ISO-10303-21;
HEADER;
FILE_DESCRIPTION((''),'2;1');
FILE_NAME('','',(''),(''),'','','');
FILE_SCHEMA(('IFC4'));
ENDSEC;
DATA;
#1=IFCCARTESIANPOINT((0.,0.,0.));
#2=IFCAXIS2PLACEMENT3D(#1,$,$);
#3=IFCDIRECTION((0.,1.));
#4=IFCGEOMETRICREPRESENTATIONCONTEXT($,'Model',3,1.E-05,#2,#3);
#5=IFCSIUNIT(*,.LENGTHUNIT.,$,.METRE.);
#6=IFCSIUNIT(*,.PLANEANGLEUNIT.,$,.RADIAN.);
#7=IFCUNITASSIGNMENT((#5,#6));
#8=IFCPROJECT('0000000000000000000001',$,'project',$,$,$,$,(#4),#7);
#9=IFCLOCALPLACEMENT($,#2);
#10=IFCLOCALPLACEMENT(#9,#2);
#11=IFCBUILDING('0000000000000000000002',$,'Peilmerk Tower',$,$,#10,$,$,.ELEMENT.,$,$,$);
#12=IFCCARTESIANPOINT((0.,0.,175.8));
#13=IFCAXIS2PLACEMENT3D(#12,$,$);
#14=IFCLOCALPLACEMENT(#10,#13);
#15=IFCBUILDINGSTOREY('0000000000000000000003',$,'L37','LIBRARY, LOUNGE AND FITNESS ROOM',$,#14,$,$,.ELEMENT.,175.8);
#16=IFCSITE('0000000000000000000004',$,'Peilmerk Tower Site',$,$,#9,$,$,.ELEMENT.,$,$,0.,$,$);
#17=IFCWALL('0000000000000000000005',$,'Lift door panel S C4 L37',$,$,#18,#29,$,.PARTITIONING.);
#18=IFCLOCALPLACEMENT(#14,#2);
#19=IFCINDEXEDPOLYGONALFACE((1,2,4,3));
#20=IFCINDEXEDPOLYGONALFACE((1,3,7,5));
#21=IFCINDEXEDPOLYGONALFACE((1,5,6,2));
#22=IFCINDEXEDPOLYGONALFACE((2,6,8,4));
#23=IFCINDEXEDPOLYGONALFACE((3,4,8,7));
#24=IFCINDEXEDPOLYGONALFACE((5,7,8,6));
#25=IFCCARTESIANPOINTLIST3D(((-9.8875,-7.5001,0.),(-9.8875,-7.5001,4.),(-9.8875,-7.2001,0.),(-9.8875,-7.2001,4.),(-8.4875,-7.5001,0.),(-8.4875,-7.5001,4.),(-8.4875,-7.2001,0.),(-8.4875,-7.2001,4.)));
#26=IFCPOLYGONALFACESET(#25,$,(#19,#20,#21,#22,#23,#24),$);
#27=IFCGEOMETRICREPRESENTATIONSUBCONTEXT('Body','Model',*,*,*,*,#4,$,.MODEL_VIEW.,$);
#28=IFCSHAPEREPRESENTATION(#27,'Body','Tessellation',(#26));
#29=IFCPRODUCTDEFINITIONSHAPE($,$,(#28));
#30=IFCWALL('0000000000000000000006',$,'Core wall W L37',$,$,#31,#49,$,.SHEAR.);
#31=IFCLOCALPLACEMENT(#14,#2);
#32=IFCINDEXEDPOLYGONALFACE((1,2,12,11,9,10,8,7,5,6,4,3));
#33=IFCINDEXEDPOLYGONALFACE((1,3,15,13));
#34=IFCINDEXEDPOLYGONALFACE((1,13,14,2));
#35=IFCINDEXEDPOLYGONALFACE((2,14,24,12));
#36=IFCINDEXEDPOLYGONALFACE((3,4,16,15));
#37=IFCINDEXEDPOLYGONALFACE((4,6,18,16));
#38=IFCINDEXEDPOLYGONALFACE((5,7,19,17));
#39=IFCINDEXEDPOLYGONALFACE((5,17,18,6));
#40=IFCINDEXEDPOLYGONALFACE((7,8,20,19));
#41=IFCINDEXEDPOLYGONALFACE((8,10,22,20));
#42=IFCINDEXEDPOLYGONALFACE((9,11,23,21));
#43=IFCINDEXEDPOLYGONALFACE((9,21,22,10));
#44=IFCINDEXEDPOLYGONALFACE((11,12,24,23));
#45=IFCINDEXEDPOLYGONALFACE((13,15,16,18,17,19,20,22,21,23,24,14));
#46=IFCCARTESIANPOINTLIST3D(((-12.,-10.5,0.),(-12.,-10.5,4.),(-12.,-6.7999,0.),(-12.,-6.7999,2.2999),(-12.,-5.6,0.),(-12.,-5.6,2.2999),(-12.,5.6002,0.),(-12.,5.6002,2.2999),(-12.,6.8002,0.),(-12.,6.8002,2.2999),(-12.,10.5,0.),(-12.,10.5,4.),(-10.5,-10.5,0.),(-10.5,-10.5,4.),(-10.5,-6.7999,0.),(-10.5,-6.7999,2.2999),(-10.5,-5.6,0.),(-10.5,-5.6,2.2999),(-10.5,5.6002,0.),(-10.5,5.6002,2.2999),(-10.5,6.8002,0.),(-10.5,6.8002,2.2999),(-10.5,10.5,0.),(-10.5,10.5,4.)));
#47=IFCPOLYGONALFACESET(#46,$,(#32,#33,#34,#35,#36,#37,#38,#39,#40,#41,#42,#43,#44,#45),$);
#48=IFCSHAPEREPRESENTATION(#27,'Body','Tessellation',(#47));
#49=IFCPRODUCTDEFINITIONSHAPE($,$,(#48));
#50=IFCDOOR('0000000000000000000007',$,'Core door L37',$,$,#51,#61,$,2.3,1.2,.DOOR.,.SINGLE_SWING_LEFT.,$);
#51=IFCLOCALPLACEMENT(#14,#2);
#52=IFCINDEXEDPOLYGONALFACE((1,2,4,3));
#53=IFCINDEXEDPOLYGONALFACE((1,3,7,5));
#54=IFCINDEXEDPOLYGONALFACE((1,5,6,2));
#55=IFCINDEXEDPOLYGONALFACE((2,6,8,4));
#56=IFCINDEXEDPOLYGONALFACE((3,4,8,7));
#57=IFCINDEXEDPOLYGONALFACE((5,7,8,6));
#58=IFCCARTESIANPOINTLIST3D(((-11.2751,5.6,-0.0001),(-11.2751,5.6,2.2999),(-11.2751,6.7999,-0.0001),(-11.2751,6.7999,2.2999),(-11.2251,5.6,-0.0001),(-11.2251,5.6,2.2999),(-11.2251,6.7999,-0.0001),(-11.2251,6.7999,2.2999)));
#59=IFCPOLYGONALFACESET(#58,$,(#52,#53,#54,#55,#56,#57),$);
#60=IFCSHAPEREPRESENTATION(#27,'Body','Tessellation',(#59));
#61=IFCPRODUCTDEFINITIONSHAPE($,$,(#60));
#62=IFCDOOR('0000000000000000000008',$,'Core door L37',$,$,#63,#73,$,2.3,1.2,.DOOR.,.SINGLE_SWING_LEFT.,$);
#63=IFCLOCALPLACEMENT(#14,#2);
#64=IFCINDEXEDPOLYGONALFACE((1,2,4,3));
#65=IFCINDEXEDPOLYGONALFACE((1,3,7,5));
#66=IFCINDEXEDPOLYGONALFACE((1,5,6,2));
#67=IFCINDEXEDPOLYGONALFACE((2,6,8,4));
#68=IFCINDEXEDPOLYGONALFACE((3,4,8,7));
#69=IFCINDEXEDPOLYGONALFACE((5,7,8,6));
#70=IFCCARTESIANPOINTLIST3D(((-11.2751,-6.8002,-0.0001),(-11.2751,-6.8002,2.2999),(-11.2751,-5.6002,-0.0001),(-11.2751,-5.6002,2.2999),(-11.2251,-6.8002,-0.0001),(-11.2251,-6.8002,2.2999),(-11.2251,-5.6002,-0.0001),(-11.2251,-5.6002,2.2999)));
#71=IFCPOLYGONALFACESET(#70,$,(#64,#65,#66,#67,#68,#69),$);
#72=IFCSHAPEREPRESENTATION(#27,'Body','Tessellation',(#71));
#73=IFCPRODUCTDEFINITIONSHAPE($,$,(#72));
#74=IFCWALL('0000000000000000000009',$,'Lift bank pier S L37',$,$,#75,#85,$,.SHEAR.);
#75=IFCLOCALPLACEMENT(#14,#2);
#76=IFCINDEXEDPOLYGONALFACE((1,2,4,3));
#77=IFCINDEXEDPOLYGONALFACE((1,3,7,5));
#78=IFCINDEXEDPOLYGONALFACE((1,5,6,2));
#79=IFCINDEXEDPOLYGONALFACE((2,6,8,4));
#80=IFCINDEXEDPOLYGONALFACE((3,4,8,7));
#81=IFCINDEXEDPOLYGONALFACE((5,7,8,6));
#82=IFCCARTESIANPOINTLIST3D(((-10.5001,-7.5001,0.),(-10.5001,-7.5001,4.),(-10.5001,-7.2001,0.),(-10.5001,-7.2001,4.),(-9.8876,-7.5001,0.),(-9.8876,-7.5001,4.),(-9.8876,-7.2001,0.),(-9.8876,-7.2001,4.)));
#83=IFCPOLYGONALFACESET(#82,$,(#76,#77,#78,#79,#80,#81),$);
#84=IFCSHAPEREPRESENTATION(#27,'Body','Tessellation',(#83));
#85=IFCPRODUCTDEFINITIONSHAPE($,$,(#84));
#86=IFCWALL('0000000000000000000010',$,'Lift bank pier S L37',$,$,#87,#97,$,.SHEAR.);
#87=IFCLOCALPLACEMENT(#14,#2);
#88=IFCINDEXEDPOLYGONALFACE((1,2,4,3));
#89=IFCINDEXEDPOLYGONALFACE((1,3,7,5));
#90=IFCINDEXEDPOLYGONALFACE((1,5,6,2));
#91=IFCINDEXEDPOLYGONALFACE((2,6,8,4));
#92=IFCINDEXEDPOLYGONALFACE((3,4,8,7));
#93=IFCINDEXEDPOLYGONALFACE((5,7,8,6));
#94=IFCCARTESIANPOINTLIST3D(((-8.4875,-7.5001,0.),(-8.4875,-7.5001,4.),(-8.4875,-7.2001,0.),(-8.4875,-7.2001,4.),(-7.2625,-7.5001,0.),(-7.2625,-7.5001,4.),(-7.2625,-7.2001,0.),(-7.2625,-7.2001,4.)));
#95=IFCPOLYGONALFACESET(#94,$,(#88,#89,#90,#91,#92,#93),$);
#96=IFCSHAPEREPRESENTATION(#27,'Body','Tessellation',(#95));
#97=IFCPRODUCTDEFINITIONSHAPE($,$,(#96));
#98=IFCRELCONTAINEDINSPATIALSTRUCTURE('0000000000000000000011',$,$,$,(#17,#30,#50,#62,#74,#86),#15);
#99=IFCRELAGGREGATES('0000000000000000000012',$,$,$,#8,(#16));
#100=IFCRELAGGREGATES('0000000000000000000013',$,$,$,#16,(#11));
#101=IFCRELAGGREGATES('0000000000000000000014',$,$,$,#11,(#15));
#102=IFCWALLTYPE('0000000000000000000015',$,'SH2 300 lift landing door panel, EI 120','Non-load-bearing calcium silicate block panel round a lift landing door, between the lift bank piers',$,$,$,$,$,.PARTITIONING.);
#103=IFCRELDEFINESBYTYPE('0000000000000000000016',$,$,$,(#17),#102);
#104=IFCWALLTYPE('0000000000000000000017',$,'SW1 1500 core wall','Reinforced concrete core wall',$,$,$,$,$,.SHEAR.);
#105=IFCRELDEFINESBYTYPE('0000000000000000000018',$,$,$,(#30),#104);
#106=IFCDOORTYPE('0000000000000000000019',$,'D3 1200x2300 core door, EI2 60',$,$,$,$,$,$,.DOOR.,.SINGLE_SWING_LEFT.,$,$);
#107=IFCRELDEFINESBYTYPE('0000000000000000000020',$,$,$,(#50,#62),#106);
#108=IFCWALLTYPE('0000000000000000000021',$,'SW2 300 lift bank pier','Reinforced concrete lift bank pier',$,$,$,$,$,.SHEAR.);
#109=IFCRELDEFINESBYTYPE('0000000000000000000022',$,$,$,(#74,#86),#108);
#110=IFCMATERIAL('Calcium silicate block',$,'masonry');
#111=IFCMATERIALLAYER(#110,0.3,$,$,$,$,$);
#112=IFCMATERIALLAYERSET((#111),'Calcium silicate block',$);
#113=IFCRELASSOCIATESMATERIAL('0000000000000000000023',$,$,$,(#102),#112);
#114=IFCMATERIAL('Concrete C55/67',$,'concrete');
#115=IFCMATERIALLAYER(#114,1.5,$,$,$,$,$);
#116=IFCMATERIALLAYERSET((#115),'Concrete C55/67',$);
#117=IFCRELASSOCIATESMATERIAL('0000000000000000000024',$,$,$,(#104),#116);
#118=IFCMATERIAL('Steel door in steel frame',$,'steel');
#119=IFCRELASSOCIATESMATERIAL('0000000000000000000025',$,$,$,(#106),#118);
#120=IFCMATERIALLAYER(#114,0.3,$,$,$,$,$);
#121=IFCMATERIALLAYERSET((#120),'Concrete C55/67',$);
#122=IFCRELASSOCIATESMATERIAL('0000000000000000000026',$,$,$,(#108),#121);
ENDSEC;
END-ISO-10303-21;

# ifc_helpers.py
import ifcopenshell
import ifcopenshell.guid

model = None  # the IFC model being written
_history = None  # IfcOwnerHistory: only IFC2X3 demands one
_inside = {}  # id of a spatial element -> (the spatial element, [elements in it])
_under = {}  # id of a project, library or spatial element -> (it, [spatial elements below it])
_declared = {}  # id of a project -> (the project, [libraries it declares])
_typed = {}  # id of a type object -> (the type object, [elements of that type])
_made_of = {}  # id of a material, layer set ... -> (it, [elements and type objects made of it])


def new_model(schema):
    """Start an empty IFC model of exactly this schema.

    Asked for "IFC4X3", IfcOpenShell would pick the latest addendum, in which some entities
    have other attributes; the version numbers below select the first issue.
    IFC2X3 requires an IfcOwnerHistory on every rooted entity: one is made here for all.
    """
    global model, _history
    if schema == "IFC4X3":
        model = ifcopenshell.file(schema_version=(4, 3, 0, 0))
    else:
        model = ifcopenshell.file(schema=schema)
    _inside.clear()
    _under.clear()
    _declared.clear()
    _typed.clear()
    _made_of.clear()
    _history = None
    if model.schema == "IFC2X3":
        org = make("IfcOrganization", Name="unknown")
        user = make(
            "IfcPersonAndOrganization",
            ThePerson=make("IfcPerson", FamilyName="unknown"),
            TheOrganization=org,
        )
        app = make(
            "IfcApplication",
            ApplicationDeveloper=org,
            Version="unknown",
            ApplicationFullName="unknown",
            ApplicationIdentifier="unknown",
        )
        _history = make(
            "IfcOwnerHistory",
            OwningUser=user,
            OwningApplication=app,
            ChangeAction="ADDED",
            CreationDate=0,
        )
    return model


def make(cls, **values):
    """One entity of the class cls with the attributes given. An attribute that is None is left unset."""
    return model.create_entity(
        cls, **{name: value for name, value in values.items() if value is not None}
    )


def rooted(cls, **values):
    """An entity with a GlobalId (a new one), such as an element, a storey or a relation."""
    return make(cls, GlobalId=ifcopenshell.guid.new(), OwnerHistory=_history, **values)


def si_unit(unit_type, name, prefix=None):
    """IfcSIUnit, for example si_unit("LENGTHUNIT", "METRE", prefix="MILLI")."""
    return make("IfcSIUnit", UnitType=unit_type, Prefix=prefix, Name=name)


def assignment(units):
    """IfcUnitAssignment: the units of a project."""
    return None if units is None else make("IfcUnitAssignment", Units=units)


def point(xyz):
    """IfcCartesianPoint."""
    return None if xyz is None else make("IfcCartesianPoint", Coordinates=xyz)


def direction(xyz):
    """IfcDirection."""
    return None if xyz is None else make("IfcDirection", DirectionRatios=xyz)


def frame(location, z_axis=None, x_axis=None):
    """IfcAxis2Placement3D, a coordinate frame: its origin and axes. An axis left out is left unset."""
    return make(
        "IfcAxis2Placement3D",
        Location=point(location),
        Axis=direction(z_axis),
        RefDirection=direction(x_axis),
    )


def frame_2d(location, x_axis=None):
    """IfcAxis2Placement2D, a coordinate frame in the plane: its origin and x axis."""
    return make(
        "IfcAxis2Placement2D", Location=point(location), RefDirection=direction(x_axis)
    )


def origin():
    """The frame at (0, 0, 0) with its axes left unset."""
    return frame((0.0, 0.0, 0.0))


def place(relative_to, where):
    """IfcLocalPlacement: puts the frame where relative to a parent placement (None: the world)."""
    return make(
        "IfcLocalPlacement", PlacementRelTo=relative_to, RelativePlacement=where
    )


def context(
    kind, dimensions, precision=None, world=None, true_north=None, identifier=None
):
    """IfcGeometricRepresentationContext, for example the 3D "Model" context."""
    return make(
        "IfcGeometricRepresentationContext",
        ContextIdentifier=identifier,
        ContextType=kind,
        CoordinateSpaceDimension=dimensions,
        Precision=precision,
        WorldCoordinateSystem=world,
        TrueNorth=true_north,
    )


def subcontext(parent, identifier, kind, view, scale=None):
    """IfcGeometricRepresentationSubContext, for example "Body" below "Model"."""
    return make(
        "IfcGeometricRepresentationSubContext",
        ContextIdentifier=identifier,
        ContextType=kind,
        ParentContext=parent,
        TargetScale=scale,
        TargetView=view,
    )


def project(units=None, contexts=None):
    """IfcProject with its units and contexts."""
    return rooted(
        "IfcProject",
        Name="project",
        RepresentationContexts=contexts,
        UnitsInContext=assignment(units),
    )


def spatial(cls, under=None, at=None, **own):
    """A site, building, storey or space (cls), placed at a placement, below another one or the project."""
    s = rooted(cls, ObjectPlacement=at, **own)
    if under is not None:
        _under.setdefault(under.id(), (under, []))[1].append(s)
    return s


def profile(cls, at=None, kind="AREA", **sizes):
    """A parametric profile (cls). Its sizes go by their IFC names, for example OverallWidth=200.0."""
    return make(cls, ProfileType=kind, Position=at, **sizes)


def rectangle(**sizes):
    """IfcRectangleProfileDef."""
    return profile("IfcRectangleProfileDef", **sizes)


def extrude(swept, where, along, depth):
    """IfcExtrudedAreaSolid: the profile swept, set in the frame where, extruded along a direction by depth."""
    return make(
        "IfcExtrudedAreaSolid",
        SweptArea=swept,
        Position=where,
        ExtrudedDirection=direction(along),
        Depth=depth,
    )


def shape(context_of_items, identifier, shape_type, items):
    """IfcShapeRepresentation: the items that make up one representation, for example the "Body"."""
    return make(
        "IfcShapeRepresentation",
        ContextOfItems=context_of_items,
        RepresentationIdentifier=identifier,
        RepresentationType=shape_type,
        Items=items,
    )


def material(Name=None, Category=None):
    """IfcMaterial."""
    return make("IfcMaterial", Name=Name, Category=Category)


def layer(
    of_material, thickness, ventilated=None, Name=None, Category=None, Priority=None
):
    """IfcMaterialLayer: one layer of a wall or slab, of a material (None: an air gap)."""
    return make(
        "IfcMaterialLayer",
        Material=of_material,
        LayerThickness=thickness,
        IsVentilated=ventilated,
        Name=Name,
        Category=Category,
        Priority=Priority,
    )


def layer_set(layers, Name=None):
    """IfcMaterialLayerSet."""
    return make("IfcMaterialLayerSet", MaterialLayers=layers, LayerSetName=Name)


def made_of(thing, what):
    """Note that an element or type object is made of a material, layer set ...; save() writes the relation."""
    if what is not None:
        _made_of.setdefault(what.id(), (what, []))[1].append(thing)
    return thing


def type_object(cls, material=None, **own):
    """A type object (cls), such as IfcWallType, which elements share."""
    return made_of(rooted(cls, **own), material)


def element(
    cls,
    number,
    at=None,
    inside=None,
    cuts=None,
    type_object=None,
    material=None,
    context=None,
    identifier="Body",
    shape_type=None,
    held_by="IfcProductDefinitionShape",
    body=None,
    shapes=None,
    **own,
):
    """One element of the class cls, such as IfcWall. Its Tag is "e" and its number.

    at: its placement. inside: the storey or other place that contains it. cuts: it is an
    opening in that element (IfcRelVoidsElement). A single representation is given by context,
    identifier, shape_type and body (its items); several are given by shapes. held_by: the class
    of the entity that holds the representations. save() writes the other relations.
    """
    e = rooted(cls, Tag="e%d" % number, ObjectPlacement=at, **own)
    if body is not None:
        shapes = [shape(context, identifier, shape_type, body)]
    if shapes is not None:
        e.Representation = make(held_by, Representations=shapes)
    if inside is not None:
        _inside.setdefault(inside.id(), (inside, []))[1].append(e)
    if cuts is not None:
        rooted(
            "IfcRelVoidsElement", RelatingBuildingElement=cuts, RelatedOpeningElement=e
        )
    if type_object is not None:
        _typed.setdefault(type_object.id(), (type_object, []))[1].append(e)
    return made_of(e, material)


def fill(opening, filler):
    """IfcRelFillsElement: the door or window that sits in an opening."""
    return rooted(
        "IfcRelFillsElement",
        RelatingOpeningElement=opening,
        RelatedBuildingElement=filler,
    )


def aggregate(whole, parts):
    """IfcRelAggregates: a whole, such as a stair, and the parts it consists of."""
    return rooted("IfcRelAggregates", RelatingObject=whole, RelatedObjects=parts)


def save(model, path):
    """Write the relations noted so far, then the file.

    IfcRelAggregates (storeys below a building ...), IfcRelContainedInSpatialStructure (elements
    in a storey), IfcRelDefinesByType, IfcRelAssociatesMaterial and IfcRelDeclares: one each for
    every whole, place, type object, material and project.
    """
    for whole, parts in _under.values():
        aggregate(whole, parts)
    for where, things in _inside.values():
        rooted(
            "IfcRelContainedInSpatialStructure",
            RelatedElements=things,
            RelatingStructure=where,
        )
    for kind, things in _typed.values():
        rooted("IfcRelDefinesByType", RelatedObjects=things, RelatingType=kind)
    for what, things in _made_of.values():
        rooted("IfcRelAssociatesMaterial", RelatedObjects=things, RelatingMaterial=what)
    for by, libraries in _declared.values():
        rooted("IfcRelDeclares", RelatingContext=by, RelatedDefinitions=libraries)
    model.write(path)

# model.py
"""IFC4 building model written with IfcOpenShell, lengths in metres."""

from ifc_helpers import new_model, si_unit, direction, frame, frame_2d, origin, place, context, subcontext, project, spatial, rectangle, extrude, material, layer, layer_set, type_object, element, fill, save


model = new_model("IFC4")

# Units and contexts
model_context = context("Model", 3, precision=1e-05, world=origin(), true_north=direction((0.0, 1.0)))
body_context = subcontext(model_context, "Body", "Model", "MODEL_VIEW")
ifc_project = project(units=[si_unit("LENGTHUNIT", "METRE"), si_unit("PLANEANGLEUNIT", "RADIAN")], contexts=[model_context])

# Site, building, storey
site_placement = place(None, origin())
site = spatial("IfcSite", under=ifc_project, at=site_placement, Name="Peilmerk Tower Site", CompositionType="ELEMENT", RefElevation=0.0)
building_placement = place(site_placement, origin())
building = spatial("IfcBuilding", under=site, at=building_placement, Name="Peilmerk Tower", CompositionType="ELEMENT")
storey_placement = place(building_placement, frame((0.0, 0.0, 175.8)))
storey = spatial("IfcBuildingStorey", under=building, at=storey_placement, Name="L37", Description="LIBRARY, LOUNGE AND FITNESS ROOM", CompositionType="ELEMENT", Elevation=175.8)

# Shared definitions
ifc_material_1 = material(Name="Calcium silicate block", Category="masonry")

# Wall
ifc_layer_1 = layer(ifc_material_1, 0.3)
ifc_layer_set_1 = layer_set([ifc_layer_1], Name="Calcium silicate block")
wall_type_1 = type_object("IfcWallType", Name="SH2 300 lift landing door panel, EI 120", Description="Non-load-bearing calcium silicate block panel round a lift landing door, between the lift bank piers", PredefinedType="PARTITIONING", material=ifc_layer_set_1)
wall_1_placement = place(storey_placement, frame((-9.8875, -7.3501, 0.0), z_axis=(0.0, 0.0, 1.0), x_axis=(1.0, 0.0, 0.0)))
element("IfcWall", 1, at=wall_1_placement, inside=storey, type_object=wall_type_1, Name="Lift door panel S C4 L37", PredefinedType="PARTITIONING", context=body_context, shape_type="SweptSolid", body=[
    extrude(rectangle(XDim=1.3999, YDim=0.3, at=frame_2d((0.7, 0.0))), origin(), (0.0, 0.0, 1.0), 4.0),
])

# Wall, openings, doors
ifc_material_2 = material(Name="Concrete C55/67", Category="concrete")
ifc_layer_2 = layer(ifc_material_2, 1.5)
ifc_layer_set_2 = layer_set([ifc_layer_2], Name="Concrete C55/67")
wall_type_2 = type_object("IfcWallType", Name="SW1 1500 core wall", Description="Reinforced concrete core wall", PredefinedType="SHEAR", material=ifc_layer_set_2)
wall_2_placement = place(storey_placement, frame((-11.25, -10.5, 0.0), z_axis=(0.0, 0.0, 1.0), x_axis=(0.0, 1.0, 0.0)))
wall_2 = element("IfcWall", 2, at=wall_2_placement, inside=storey, type_object=wall_type_2, Name="Core wall W L37", PredefinedType="SHEAR", context=body_context, shape_type="SweptSolid", body=[
    extrude(rectangle(XDim=21.0, YDim=1.5, at=frame_2d((10.5, 0.0))), origin(), (0.0, 0.0, 1.0), 4.0),
])
opening_1_placement = place(wall_2_placement, frame((16.1001, 0.0, 0.0)))
opening_1 = element("IfcOpeningElement", 3, at=opening_1_placement, cuts=wall_2, PredefinedType="OPENING", context=body_context, shape_type="SweptSolid", body=[
    extrude(rectangle(XDim=1.2, YDim=2.3, at=frame_2d((0.6001, 1.1499))), frame((0.0, 0.76, 0.0), z_axis=(0.0, -1.0, 0.0), x_axis=(1.0, 0.0, 0.0)), (0.0, 0.0, 1.0), 1.52),
])
opening_2_placement = place(wall_2_placement, frame((3.7, 0.0, 0.0)))
opening_2 = element("IfcOpeningElement", 4, at=opening_2_placement, cuts=wall_2, PredefinedType="OPENING", context=body_context, shape_type="SweptSolid", body=[
    extrude(rectangle(XDim=1.2, YDim=2.3, at=frame_2d((0.6001, 1.1499))), frame((0.0, 0.76, 0.0), z_axis=(0.0, -1.0, 0.0), x_axis=(1.0, 0.0, 0.0)), (0.0, 0.0, 1.0), 1.52),
])
ifc_material_3 = material(Name="Steel door in steel frame", Category="steel")
door_type_1 = type_object("IfcDoorType", Name="D3 1200x2300 core door, EI2 60", OperationType="SINGLE_SWING_LEFT", PredefinedType="DOOR", material=ifc_material_3)
door_1_placement = place(opening_1_placement, frame((1.2, 0.0, 0.0), z_axis=(0.0, 0.0, 1.0), x_axis=(-1.0, 0.0, 0.0)))
door_1 = element("IfcDoor", 5, at=door_1_placement, inside=storey, type_object=door_type_1, Name="Core door L37", OperationType="SINGLE_SWING_LEFT", OverallHeight=2.3, OverallWidth=1.2, PredefinedType="DOOR", context=body_context, shape_type="SweptSolid", body=[
    extrude(rectangle(XDim=1.2, YDim=2.3, at=frame_2d((0.6001, 1.1499))), frame((0.0, 0.0249, 0.0), z_axis=(0.0, -1.0, 0.0), x_axis=(1.0, 0.0, 0.0)), (0.0, 0.0, 1.0), 0.05),
])
fill(opening_1, door_1)
door_2_placement = place(opening_2_placement, frame((1.2, 0.0, 0.0), z_axis=(0.0, 0.0, 1.0), x_axis=(-1.0, 0.0, 0.0)))
door_2 = element("IfcDoor", 6, at=door_2_placement, inside=storey, type_object=door_type_1, Name="Core door L37", OperationType="SINGLE_SWING_LEFT", OverallHeight=2.3, OverallWidth=1.2, PredefinedType="DOOR", context=body_context, shape_type="SweptSolid", body=[
    extrude(rectangle(XDim=1.2, YDim=2.3, at=frame_2d((0.6001, 1.1499))), frame((0.0, 0.0249, 0.0), z_axis=(0.0, -1.0, 0.0), x_axis=(1.0, 0.0, 0.0)), (0.0, 0.0, 1.0), 0.05),
])
fill(opening_2, door_2)

# Walls
ifc_layer_3 = layer(ifc_material_2, 0.3)
ifc_layer_set_3 = layer_set([ifc_layer_3], Name="Concrete C55/67")
wall_type_3 = type_object("IfcWallType", Name="SW2 300 lift bank pier", Description="Reinforced concrete lift bank pier", PredefinedType="SHEAR", material=ifc_layer_set_3)
wall_3_placement = place(storey_placement, frame((-10.5, -7.3501, 0.0), z_axis=(0.0, 0.0, 1.0), x_axis=(1.0, 0.0, 0.0)))
element("IfcWall", 7, at=wall_3_placement, inside=storey, type_object=wall_type_3, Name="Lift bank pier S L37", PredefinedType="SHEAR", context=body_context, shape_type="SweptSolid", body=[
    extrude(rectangle(XDim=0.6125, YDim=0.3, at=frame_2d((0.3062, 0.0))), origin(), (0.0, 0.0, 1.0), 4.0),
])
wall_4_placement = place(storey_placement, frame((-8.4875, -7.3501, 0.0), z_axis=(0.0, 0.0, 1.0), x_axis=(1.0, 0.0, 0.0)))
element("IfcWall", 8, at=wall_4_placement, inside=storey, type_object=wall_type_3, Name="Lift bank pier S L37", PredefinedType="SHEAR", context=body_context, shape_type="SweptSolid", body=[
    extrude(rectangle(XDim=1.2251, YDim=0.3, at=frame_2d((0.6125, 0.0))), origin(), (0.0, 0.0, 1.0), 4.0),
])

save(model, "model.ifc")
